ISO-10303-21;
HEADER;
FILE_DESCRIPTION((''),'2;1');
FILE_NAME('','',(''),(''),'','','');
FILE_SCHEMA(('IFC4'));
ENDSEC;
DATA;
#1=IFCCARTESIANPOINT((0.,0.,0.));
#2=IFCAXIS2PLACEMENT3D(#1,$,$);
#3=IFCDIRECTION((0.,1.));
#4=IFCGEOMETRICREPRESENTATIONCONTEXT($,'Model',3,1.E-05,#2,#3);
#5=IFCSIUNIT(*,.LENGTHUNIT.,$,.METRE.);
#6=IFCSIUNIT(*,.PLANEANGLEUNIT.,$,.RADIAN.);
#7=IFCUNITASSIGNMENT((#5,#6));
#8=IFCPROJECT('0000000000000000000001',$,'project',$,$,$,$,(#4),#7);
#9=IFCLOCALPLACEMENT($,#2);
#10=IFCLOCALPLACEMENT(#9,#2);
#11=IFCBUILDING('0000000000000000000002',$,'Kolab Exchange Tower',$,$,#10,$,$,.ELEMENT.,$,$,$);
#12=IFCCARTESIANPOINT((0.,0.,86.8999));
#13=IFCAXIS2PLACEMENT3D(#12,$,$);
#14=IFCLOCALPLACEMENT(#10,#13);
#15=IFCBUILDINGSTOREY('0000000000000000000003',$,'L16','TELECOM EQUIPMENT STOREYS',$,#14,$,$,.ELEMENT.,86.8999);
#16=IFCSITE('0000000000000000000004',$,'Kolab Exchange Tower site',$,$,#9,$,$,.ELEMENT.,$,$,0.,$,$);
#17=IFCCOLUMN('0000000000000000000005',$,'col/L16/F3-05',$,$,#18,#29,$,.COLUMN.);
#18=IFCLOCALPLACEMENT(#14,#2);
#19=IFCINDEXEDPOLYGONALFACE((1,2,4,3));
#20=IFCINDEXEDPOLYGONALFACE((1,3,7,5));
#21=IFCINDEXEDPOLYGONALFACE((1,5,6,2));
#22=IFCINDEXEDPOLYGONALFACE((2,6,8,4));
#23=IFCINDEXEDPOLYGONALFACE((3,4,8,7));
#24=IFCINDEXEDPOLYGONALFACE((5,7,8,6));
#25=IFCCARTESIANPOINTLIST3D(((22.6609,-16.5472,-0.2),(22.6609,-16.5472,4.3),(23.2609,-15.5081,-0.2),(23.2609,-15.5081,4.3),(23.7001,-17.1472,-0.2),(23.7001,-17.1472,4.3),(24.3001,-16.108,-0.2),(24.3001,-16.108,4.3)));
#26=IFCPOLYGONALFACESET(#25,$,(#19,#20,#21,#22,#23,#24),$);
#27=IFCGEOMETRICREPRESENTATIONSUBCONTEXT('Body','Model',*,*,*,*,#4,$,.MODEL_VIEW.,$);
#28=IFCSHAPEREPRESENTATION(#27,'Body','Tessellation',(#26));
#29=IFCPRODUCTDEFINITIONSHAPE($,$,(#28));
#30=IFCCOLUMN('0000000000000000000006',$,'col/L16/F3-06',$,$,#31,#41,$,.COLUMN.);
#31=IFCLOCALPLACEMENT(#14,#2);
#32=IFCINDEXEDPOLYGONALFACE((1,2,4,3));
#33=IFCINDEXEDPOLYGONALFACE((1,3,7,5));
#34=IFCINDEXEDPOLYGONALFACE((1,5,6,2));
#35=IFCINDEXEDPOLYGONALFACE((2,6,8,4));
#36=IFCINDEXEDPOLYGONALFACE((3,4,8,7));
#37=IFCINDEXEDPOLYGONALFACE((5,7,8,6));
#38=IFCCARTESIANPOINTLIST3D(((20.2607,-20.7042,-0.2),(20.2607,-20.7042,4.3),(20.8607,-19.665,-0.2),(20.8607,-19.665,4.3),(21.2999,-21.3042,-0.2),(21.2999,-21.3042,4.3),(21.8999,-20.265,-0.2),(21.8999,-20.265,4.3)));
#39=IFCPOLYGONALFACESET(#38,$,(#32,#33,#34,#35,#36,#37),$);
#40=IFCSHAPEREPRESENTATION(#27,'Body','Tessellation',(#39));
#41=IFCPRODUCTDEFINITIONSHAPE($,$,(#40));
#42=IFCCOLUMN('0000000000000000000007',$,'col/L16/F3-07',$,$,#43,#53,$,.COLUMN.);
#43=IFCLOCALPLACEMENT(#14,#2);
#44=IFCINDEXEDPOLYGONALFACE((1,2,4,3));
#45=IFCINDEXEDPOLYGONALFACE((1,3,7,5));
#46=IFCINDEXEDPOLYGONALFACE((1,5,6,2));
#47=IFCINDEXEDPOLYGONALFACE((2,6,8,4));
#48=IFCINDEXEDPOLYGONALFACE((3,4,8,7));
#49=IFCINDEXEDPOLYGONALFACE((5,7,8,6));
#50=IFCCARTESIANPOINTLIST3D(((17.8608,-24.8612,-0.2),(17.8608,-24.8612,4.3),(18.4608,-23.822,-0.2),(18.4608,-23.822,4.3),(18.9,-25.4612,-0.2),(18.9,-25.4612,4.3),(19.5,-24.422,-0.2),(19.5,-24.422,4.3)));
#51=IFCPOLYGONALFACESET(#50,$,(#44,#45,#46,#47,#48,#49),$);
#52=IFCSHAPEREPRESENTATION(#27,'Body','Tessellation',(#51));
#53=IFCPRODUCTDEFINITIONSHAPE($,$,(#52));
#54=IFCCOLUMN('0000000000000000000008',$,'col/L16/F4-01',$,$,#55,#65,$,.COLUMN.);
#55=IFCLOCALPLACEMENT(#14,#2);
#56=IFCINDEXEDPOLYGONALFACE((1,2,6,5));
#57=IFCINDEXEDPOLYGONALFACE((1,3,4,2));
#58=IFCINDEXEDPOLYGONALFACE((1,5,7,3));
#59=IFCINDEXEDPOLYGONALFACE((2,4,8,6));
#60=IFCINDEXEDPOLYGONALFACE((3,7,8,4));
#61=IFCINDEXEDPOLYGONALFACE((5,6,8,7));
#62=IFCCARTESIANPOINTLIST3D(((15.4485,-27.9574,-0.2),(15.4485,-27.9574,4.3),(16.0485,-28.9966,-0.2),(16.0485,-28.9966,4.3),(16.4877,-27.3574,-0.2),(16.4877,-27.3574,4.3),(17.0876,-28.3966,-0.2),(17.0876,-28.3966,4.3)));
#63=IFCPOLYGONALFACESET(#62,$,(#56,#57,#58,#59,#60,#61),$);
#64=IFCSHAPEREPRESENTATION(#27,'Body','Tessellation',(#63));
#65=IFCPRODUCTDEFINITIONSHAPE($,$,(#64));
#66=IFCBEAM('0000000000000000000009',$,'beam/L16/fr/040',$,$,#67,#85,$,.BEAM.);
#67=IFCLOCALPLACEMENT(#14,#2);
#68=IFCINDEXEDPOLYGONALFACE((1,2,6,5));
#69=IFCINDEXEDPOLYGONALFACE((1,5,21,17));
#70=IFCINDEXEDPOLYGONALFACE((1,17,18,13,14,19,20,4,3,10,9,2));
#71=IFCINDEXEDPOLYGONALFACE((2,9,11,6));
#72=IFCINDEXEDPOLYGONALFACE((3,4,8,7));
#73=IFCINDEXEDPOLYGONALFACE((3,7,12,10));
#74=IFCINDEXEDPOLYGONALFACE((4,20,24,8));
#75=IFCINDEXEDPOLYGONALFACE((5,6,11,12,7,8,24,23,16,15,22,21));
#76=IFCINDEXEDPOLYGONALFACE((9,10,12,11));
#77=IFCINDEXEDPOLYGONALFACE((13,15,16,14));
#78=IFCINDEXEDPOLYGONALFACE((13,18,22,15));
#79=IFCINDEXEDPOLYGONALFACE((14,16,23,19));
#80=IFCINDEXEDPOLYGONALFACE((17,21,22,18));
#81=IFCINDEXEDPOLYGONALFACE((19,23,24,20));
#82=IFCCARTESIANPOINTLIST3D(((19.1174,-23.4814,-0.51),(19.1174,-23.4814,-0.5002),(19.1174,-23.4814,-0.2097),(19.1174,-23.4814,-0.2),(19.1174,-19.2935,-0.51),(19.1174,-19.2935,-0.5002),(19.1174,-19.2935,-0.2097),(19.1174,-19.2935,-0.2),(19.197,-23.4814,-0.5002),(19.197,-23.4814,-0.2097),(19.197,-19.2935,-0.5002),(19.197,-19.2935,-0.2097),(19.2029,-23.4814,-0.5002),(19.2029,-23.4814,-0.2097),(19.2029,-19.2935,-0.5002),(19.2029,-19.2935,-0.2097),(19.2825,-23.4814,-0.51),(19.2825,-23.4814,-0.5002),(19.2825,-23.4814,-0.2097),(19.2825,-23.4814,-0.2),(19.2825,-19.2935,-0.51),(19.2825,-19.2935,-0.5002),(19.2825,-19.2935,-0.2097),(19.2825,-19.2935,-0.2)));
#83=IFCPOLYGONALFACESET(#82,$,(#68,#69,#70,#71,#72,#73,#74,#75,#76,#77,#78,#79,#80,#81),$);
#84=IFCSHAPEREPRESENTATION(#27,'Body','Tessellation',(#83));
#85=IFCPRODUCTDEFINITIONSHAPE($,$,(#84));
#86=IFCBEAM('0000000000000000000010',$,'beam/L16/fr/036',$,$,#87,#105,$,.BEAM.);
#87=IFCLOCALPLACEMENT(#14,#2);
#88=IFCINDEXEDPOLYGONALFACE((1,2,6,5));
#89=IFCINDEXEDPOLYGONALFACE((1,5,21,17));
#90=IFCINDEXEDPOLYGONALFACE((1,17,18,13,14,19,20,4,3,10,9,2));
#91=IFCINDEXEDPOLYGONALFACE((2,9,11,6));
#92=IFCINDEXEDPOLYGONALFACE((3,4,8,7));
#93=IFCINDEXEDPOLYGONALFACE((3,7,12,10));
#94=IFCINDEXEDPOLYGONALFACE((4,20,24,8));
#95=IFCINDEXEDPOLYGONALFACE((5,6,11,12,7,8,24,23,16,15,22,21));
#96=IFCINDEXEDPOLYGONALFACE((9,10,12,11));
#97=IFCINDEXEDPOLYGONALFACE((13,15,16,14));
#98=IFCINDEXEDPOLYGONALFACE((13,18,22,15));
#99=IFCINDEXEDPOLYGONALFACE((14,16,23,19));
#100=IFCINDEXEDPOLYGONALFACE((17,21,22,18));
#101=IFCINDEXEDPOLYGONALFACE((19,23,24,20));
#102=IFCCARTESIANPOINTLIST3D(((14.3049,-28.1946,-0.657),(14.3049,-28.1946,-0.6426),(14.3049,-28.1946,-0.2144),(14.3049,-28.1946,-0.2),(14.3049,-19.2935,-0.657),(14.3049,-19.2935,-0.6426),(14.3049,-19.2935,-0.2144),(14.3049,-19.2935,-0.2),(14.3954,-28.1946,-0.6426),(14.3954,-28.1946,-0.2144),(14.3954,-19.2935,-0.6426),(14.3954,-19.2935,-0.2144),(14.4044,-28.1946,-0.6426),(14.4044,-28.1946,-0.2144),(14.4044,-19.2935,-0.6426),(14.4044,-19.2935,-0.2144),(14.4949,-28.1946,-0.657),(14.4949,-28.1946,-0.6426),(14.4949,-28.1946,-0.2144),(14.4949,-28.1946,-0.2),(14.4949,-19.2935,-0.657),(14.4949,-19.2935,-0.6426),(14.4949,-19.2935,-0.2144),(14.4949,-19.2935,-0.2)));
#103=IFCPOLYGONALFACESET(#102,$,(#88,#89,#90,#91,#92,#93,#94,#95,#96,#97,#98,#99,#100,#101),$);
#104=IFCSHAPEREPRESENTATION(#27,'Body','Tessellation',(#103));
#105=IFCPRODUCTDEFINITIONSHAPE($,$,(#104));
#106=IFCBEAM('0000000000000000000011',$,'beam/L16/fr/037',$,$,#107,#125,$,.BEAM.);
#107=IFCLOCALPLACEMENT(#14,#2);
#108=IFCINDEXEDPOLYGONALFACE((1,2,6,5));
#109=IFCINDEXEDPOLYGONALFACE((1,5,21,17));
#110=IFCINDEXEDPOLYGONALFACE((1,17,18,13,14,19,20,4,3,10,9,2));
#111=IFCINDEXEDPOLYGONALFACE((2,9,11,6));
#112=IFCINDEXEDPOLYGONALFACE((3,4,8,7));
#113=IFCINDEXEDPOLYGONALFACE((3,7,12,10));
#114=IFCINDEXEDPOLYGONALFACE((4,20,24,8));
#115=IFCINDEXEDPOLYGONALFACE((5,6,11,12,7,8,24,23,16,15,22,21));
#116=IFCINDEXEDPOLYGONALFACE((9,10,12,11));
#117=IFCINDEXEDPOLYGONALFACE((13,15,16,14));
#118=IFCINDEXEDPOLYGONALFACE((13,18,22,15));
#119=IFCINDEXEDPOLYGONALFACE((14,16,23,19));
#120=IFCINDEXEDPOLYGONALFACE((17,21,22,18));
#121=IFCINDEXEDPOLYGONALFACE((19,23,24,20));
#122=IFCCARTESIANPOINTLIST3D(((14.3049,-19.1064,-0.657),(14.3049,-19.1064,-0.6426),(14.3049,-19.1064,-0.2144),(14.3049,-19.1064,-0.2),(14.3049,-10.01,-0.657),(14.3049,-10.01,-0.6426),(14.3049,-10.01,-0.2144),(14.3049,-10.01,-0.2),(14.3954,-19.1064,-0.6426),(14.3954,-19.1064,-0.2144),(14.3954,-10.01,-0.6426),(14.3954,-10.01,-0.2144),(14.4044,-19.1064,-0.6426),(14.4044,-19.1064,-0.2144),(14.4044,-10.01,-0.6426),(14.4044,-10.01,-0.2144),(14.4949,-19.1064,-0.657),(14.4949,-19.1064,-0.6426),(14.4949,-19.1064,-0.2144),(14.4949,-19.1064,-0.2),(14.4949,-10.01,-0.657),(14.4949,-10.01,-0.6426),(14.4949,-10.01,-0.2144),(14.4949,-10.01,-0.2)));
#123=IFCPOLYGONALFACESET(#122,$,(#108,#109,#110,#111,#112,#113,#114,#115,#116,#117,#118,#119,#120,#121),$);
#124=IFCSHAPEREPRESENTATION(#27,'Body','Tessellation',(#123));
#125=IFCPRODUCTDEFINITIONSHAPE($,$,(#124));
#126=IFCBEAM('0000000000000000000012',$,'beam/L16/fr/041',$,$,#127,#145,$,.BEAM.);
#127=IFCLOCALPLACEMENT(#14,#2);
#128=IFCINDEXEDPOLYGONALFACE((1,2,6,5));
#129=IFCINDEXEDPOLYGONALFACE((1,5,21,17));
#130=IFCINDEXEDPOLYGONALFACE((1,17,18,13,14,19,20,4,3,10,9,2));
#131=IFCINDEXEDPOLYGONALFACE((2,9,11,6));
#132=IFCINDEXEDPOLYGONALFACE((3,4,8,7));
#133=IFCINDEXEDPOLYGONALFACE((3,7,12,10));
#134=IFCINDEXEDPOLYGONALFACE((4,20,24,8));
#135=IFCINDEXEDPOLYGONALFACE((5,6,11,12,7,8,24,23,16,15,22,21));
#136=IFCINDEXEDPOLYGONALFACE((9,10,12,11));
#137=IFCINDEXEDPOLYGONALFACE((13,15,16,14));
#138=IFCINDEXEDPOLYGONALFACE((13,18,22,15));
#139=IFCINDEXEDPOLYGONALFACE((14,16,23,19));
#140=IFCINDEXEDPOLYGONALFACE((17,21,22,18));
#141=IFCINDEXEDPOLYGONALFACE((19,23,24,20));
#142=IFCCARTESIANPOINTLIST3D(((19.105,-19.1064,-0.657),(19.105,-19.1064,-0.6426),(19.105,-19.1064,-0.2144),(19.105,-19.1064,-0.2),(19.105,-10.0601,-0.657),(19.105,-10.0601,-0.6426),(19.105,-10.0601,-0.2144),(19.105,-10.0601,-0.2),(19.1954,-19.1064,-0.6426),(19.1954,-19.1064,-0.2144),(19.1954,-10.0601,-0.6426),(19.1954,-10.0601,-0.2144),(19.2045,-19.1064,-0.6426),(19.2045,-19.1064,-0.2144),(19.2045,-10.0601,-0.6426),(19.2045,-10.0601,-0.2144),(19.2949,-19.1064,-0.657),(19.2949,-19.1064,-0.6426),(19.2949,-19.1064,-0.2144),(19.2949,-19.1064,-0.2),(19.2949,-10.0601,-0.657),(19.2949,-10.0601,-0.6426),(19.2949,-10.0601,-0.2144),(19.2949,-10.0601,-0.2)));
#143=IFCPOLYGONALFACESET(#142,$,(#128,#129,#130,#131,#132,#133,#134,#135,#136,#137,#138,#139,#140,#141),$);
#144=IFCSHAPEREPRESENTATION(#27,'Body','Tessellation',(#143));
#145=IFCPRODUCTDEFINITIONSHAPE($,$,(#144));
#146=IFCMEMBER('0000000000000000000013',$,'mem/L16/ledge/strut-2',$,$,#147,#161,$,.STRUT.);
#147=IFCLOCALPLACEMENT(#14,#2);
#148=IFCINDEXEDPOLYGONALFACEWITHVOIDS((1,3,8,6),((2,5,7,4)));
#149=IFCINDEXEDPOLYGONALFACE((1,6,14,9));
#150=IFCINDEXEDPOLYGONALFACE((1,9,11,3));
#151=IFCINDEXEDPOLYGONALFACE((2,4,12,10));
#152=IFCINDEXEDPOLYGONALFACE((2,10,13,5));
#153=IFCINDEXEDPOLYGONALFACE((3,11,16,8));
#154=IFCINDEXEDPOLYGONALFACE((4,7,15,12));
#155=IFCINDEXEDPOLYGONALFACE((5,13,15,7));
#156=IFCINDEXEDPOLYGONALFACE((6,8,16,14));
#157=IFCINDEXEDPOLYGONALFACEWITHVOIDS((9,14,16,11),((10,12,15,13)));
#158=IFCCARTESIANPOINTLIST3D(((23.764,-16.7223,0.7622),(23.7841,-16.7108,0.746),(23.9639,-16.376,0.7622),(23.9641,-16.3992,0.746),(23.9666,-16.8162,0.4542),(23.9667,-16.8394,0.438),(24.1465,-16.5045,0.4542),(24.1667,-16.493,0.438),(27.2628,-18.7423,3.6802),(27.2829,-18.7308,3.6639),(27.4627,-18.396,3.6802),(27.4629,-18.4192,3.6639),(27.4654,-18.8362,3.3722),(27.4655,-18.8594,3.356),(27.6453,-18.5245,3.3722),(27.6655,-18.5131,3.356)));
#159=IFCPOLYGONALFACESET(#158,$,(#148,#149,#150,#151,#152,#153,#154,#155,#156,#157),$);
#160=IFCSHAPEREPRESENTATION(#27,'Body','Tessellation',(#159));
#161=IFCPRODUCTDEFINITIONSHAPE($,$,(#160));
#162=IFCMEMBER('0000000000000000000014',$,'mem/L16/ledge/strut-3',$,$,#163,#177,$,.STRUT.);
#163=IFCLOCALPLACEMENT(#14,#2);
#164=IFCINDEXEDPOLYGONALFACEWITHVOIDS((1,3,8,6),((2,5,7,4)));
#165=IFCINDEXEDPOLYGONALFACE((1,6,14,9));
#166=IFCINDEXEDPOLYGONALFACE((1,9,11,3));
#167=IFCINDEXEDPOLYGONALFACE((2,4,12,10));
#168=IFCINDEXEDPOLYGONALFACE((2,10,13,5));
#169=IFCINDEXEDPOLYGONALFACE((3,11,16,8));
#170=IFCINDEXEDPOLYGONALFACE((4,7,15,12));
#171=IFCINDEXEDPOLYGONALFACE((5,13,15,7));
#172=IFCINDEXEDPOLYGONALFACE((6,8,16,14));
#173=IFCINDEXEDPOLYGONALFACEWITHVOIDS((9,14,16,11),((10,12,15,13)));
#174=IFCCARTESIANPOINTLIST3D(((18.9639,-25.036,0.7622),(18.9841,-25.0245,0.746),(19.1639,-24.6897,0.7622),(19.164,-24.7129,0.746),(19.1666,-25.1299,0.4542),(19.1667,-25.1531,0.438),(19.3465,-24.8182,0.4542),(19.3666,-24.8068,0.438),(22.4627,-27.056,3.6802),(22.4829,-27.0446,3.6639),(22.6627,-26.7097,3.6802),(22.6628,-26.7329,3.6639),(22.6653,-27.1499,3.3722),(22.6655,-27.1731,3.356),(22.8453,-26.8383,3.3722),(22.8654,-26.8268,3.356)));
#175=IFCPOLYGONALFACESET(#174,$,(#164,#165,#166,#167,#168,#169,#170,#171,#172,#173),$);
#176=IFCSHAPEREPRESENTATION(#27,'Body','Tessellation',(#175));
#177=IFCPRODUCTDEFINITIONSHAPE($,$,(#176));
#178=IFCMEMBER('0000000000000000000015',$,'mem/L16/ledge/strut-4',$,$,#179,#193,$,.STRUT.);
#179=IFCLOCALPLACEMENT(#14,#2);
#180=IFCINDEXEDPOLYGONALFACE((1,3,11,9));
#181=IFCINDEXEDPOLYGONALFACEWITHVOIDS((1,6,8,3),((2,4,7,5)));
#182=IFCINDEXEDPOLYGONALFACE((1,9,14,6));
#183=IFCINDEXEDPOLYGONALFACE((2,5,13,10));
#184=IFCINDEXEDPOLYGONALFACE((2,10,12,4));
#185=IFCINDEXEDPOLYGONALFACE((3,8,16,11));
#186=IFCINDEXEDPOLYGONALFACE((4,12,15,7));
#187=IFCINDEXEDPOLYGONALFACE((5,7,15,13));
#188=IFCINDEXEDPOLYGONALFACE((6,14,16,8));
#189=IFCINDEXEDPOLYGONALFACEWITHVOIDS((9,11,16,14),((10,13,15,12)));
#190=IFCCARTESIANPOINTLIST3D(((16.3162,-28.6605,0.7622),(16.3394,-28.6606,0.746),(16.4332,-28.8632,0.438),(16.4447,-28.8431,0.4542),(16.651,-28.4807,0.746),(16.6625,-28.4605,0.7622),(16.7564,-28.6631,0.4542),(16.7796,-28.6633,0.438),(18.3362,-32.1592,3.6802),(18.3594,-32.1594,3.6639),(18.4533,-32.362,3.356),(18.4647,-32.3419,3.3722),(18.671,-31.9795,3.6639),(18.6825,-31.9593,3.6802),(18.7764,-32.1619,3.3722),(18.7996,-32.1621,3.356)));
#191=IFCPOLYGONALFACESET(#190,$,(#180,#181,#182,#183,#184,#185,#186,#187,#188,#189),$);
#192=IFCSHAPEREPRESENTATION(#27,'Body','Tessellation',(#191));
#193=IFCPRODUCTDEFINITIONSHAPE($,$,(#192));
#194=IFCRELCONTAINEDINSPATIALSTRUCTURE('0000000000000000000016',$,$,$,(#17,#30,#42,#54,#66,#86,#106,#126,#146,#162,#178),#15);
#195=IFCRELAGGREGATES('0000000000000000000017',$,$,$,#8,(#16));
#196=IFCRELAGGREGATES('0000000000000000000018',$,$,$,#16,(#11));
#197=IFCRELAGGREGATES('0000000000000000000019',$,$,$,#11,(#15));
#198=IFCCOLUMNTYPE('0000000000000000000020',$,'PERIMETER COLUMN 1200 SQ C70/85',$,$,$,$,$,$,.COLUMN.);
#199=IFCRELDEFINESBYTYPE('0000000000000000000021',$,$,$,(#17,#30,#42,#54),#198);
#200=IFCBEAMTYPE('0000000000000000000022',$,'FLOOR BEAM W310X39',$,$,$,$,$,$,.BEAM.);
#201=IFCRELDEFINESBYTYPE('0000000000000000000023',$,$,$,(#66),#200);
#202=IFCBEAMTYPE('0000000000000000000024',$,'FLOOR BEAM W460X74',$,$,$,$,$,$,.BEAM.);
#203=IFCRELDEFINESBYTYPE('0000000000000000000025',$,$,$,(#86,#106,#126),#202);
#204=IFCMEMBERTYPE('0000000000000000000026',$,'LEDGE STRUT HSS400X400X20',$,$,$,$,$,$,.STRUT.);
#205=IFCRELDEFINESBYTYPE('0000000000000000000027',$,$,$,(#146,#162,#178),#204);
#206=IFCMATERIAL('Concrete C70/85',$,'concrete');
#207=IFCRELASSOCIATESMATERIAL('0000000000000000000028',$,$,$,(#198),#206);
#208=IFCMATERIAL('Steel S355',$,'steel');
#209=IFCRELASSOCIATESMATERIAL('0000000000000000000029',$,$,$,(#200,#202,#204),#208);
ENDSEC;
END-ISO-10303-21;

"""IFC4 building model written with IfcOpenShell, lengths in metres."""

from ifc_helpers import new_model, si_unit, direction, frame, origin, origin_2d, place, context, subcontext, project, spatial, rectangle, hollow_rectangle, i_section, extrude, material, material_profile, profile_set, type_object, element, save


model = new_model("IFC4")

# Units and contexts
model_context = context("Model", 3, precision=1e-05, world=origin(), true_north=direction((0.0, 1.0)))
body_context = subcontext(model_context, "Body", "Model", "MODEL_VIEW")
ifc_project = project(units=[si_unit("LENGTHUNIT", "METRE"), si_unit("PLANEANGLEUNIT", "RADIAN")], contexts=[model_context])

# Site, building, storey
site_placement = place(None, origin())
site = spatial("IfcSite", under=ifc_project, at=site_placement, Name="Kolab Exchange Tower site", CompositionType="ELEMENT", RefElevation=0.0)
building_placement = place(site_placement, origin())
building = spatial("IfcBuilding", under=site, at=building_placement, Name="Kolab Exchange Tower", CompositionType="ELEMENT")
storey_placement = place(building_placement, frame((0.0, 0.0, 86.8999)))
storey = spatial("IfcBuildingStorey", under=building, at=storey_placement, Name="L16", Description="TELECOM EQUIPMENT STOREYS", CompositionType="ELEMENT", Elevation=86.8999)

# Columns
ifc_material_1 = material(Name="Concrete C70/85", Category="concrete")
ifc_material_profile_1 = material_profile(ifc_material_1, rectangle(XDim=1.2, YDim=1.2, at=origin_2d()), Name="RC1200")
ifc_profile_set_1 = profile_set([ifc_material_profile_1], Name="Concrete C70/85")
column_type = type_object("IfcColumnType", Name="PERIMETER COLUMN 1200 SQ C70/85", PredefinedType="COLUMN", material=ifc_profile_set_1)
for number, where, z_axis, x_axis, name in (
    (1, (23.4805, -16.3276, -0.2), (0.0, 0.0, 1.0), (0.5, 0.866025, 0.0), "col/L16/F3-05"),
    (2, (21.0803, -20.4846, -0.2), (0.0, 0.0, 1.0), (0.5, 0.866025, 0.0), "col/L16/F3-06"),
    (3, (18.6804, -24.6416, -0.2), (0.0, 0.0, 1.0), (0.5, 0.866025, 0.0), "col/L16/F3-07"),
    (4, (16.2681, -28.177, -0.2), (0.0, 0.0, 1.0), (0.866025, 0.5, 0.0), "col/L16/F4-01"),
):
    element("IfcColumn", number, at=place(storey_placement, frame(where, z_axis=z_axis, x_axis=x_axis)), inside=storey, type_object=column_type, Name=name, PredefinedType="COLUMN", context=body_context, shape_type="SweptSolid", body=[
        extrude(rectangle(XDim=1.2, YDim=1.2, at=origin_2d()), origin(), (0.0, 0.0, 1.0), 4.5),
    ])

# Beams
ifc_material_2 = material(Name="Steel S355", Category="steel")
ifc_material_profile_2 = material_profile(ifc_material_2, i_section(OverallWidth=0.165, OverallDepth=0.3101, WebThickness=0.0059, FlangeThickness=0.0098, at=origin_2d()), Name="W310X39")
ifc_profile_set_2 = profile_set([ifc_material_profile_2], Name="Steel S355")
beam_type_1 = type_object("IfcBeamType", Name="FLOOR BEAM W310X39", PredefinedType="BEAM", material=ifc_profile_set_2)
beam_1_placement = place(storey_placement, frame((19.2, -23.4814, -0.355), z_axis=(0.0, 1.0, 0.0), x_axis=(-1.0, 0.0, 0.0)))
element("IfcBeam", 5, at=beam_1_placement, inside=storey, type_object=beam_type_1, Name="beam/L16/fr/040", PredefinedType="BEAM", context=body_context, shape_type="SweptSolid", body=[
    extrude(i_section(OverallWidth=0.165, OverallDepth=0.3101, WebThickness=0.0059, FlangeThickness=0.0098, at=origin_2d()), origin(), (0.0, 0.0, 1.0), 4.188),
])
ifc_material_profile_3 = material_profile(ifc_material_2, i_section(OverallWidth=0.1899, OverallDepth=0.457, WebThickness=0.009, FlangeThickness=0.0144, at=origin_2d()), Name="W460X74")
ifc_profile_set_3 = profile_set([ifc_material_profile_3], Name="Steel S355")
beam_type_2 = type_object("IfcBeamType", Name="FLOOR BEAM W460X74", PredefinedType="BEAM", material=ifc_profile_set_3)
beam_2_placement = place(storey_placement, frame((14.3999, -28.1946, -0.4285), z_axis=(0.0, 1.0, 0.0), x_axis=(-1.0, 0.0, 0.0)))
element("IfcBeam", 6, at=beam_2_placement, inside=storey, type_object=beam_type_2, Name="beam/L16/fr/036", PredefinedType="BEAM", context=body_context, shape_type="SweptSolid", body=[
    extrude(i_section(OverallWidth=0.1899, OverallDepth=0.457, WebThickness=0.009, FlangeThickness=0.0144, at=origin_2d()), origin(), (0.0, 0.0, 1.0), 8.9011),
])
beam_3_placement = place(storey_placement, frame((14.3999, -19.1064, -0.4285), z_axis=(0.0, 1.0, 0.0), x_axis=(-1.0, 0.0, 0.0)))
element("IfcBeam", 7, at=beam_3_placement, inside=storey, type_object=beam_type_2, Name="beam/L16/fr/037", PredefinedType="BEAM", context=body_context, shape_type="SweptSolid", body=[
    extrude(i_section(OverallWidth=0.1899, OverallDepth=0.457, WebThickness=0.009, FlangeThickness=0.0144, at=origin_2d()), origin(), (0.0, 0.0, 1.0), 9.0964),
])
beam_4_placement = place(storey_placement, frame((19.2, -19.1064, -0.4285), z_axis=(0.0, 1.0, 0.0), x_axis=(-1.0, 0.0, 0.0)))
element("IfcBeam", 8, at=beam_4_placement, inside=storey, type_object=beam_type_2, Name="beam/L16/fr/041", PredefinedType="BEAM", context=body_context, shape_type="SweptSolid", body=[
    extrude(i_section(OverallWidth=0.1899, OverallDepth=0.457, WebThickness=0.009, FlangeThickness=0.0144, at=origin_2d()), origin(), (0.0, 0.0, 1.0), 9.0464),
])

# Members
ifc_material_profile_4 = material_profile(ifc_material_2, hollow_rectangle(XDim=0.3999, YDim=0.3999, WallThickness=0.02, at=origin_2d()), Name="HSS400X400X20")
ifc_profile_set_4 = profile_set([ifc_material_profile_4], Name="Steel S355")
member_type_1 = type_object("IfcMemberType", Name="LEDGE STRUT HSS400X400X20", PredefinedType="STRUT", material=ifc_profile_set_4)
for number, where, z_axis, x_axis, name in (
    (9, (23.9653, -16.6077, 0.6001), (0.702056, -0.405332, 0.585512), (0.5, 0.866026, 0.0), "mem/L16/ledge/strut-2"),
    (10, (19.1653, -24.9214, 0.6001), (0.702056, -0.405332, 0.585512), (0.5, 0.866026, 0.0), "mem/L16/ledge/strut-3"),
    (11, (16.5479, -28.6619, 0.6001), (0.405332, -0.702056, 0.585512), (0.866026, 0.5, 0.0), "mem/L16/ledge/strut-4"),
):
    element("IfcMember", number, at=place(storey_placement, frame(where, z_axis=z_axis, x_axis=x_axis)), inside=storey, type_object=member_type_1, Name=name, PredefinedType="STRUT", context=body_context, shape_type="SweptSolid", body=[
        extrude(hollow_rectangle(XDim=0.3999, YDim=0.3999, WallThickness=0.02, at=origin_2d()), origin(), (0.0, 0.0, 1.0), 4.9836),
    ])

save(model, "model.ifc")
